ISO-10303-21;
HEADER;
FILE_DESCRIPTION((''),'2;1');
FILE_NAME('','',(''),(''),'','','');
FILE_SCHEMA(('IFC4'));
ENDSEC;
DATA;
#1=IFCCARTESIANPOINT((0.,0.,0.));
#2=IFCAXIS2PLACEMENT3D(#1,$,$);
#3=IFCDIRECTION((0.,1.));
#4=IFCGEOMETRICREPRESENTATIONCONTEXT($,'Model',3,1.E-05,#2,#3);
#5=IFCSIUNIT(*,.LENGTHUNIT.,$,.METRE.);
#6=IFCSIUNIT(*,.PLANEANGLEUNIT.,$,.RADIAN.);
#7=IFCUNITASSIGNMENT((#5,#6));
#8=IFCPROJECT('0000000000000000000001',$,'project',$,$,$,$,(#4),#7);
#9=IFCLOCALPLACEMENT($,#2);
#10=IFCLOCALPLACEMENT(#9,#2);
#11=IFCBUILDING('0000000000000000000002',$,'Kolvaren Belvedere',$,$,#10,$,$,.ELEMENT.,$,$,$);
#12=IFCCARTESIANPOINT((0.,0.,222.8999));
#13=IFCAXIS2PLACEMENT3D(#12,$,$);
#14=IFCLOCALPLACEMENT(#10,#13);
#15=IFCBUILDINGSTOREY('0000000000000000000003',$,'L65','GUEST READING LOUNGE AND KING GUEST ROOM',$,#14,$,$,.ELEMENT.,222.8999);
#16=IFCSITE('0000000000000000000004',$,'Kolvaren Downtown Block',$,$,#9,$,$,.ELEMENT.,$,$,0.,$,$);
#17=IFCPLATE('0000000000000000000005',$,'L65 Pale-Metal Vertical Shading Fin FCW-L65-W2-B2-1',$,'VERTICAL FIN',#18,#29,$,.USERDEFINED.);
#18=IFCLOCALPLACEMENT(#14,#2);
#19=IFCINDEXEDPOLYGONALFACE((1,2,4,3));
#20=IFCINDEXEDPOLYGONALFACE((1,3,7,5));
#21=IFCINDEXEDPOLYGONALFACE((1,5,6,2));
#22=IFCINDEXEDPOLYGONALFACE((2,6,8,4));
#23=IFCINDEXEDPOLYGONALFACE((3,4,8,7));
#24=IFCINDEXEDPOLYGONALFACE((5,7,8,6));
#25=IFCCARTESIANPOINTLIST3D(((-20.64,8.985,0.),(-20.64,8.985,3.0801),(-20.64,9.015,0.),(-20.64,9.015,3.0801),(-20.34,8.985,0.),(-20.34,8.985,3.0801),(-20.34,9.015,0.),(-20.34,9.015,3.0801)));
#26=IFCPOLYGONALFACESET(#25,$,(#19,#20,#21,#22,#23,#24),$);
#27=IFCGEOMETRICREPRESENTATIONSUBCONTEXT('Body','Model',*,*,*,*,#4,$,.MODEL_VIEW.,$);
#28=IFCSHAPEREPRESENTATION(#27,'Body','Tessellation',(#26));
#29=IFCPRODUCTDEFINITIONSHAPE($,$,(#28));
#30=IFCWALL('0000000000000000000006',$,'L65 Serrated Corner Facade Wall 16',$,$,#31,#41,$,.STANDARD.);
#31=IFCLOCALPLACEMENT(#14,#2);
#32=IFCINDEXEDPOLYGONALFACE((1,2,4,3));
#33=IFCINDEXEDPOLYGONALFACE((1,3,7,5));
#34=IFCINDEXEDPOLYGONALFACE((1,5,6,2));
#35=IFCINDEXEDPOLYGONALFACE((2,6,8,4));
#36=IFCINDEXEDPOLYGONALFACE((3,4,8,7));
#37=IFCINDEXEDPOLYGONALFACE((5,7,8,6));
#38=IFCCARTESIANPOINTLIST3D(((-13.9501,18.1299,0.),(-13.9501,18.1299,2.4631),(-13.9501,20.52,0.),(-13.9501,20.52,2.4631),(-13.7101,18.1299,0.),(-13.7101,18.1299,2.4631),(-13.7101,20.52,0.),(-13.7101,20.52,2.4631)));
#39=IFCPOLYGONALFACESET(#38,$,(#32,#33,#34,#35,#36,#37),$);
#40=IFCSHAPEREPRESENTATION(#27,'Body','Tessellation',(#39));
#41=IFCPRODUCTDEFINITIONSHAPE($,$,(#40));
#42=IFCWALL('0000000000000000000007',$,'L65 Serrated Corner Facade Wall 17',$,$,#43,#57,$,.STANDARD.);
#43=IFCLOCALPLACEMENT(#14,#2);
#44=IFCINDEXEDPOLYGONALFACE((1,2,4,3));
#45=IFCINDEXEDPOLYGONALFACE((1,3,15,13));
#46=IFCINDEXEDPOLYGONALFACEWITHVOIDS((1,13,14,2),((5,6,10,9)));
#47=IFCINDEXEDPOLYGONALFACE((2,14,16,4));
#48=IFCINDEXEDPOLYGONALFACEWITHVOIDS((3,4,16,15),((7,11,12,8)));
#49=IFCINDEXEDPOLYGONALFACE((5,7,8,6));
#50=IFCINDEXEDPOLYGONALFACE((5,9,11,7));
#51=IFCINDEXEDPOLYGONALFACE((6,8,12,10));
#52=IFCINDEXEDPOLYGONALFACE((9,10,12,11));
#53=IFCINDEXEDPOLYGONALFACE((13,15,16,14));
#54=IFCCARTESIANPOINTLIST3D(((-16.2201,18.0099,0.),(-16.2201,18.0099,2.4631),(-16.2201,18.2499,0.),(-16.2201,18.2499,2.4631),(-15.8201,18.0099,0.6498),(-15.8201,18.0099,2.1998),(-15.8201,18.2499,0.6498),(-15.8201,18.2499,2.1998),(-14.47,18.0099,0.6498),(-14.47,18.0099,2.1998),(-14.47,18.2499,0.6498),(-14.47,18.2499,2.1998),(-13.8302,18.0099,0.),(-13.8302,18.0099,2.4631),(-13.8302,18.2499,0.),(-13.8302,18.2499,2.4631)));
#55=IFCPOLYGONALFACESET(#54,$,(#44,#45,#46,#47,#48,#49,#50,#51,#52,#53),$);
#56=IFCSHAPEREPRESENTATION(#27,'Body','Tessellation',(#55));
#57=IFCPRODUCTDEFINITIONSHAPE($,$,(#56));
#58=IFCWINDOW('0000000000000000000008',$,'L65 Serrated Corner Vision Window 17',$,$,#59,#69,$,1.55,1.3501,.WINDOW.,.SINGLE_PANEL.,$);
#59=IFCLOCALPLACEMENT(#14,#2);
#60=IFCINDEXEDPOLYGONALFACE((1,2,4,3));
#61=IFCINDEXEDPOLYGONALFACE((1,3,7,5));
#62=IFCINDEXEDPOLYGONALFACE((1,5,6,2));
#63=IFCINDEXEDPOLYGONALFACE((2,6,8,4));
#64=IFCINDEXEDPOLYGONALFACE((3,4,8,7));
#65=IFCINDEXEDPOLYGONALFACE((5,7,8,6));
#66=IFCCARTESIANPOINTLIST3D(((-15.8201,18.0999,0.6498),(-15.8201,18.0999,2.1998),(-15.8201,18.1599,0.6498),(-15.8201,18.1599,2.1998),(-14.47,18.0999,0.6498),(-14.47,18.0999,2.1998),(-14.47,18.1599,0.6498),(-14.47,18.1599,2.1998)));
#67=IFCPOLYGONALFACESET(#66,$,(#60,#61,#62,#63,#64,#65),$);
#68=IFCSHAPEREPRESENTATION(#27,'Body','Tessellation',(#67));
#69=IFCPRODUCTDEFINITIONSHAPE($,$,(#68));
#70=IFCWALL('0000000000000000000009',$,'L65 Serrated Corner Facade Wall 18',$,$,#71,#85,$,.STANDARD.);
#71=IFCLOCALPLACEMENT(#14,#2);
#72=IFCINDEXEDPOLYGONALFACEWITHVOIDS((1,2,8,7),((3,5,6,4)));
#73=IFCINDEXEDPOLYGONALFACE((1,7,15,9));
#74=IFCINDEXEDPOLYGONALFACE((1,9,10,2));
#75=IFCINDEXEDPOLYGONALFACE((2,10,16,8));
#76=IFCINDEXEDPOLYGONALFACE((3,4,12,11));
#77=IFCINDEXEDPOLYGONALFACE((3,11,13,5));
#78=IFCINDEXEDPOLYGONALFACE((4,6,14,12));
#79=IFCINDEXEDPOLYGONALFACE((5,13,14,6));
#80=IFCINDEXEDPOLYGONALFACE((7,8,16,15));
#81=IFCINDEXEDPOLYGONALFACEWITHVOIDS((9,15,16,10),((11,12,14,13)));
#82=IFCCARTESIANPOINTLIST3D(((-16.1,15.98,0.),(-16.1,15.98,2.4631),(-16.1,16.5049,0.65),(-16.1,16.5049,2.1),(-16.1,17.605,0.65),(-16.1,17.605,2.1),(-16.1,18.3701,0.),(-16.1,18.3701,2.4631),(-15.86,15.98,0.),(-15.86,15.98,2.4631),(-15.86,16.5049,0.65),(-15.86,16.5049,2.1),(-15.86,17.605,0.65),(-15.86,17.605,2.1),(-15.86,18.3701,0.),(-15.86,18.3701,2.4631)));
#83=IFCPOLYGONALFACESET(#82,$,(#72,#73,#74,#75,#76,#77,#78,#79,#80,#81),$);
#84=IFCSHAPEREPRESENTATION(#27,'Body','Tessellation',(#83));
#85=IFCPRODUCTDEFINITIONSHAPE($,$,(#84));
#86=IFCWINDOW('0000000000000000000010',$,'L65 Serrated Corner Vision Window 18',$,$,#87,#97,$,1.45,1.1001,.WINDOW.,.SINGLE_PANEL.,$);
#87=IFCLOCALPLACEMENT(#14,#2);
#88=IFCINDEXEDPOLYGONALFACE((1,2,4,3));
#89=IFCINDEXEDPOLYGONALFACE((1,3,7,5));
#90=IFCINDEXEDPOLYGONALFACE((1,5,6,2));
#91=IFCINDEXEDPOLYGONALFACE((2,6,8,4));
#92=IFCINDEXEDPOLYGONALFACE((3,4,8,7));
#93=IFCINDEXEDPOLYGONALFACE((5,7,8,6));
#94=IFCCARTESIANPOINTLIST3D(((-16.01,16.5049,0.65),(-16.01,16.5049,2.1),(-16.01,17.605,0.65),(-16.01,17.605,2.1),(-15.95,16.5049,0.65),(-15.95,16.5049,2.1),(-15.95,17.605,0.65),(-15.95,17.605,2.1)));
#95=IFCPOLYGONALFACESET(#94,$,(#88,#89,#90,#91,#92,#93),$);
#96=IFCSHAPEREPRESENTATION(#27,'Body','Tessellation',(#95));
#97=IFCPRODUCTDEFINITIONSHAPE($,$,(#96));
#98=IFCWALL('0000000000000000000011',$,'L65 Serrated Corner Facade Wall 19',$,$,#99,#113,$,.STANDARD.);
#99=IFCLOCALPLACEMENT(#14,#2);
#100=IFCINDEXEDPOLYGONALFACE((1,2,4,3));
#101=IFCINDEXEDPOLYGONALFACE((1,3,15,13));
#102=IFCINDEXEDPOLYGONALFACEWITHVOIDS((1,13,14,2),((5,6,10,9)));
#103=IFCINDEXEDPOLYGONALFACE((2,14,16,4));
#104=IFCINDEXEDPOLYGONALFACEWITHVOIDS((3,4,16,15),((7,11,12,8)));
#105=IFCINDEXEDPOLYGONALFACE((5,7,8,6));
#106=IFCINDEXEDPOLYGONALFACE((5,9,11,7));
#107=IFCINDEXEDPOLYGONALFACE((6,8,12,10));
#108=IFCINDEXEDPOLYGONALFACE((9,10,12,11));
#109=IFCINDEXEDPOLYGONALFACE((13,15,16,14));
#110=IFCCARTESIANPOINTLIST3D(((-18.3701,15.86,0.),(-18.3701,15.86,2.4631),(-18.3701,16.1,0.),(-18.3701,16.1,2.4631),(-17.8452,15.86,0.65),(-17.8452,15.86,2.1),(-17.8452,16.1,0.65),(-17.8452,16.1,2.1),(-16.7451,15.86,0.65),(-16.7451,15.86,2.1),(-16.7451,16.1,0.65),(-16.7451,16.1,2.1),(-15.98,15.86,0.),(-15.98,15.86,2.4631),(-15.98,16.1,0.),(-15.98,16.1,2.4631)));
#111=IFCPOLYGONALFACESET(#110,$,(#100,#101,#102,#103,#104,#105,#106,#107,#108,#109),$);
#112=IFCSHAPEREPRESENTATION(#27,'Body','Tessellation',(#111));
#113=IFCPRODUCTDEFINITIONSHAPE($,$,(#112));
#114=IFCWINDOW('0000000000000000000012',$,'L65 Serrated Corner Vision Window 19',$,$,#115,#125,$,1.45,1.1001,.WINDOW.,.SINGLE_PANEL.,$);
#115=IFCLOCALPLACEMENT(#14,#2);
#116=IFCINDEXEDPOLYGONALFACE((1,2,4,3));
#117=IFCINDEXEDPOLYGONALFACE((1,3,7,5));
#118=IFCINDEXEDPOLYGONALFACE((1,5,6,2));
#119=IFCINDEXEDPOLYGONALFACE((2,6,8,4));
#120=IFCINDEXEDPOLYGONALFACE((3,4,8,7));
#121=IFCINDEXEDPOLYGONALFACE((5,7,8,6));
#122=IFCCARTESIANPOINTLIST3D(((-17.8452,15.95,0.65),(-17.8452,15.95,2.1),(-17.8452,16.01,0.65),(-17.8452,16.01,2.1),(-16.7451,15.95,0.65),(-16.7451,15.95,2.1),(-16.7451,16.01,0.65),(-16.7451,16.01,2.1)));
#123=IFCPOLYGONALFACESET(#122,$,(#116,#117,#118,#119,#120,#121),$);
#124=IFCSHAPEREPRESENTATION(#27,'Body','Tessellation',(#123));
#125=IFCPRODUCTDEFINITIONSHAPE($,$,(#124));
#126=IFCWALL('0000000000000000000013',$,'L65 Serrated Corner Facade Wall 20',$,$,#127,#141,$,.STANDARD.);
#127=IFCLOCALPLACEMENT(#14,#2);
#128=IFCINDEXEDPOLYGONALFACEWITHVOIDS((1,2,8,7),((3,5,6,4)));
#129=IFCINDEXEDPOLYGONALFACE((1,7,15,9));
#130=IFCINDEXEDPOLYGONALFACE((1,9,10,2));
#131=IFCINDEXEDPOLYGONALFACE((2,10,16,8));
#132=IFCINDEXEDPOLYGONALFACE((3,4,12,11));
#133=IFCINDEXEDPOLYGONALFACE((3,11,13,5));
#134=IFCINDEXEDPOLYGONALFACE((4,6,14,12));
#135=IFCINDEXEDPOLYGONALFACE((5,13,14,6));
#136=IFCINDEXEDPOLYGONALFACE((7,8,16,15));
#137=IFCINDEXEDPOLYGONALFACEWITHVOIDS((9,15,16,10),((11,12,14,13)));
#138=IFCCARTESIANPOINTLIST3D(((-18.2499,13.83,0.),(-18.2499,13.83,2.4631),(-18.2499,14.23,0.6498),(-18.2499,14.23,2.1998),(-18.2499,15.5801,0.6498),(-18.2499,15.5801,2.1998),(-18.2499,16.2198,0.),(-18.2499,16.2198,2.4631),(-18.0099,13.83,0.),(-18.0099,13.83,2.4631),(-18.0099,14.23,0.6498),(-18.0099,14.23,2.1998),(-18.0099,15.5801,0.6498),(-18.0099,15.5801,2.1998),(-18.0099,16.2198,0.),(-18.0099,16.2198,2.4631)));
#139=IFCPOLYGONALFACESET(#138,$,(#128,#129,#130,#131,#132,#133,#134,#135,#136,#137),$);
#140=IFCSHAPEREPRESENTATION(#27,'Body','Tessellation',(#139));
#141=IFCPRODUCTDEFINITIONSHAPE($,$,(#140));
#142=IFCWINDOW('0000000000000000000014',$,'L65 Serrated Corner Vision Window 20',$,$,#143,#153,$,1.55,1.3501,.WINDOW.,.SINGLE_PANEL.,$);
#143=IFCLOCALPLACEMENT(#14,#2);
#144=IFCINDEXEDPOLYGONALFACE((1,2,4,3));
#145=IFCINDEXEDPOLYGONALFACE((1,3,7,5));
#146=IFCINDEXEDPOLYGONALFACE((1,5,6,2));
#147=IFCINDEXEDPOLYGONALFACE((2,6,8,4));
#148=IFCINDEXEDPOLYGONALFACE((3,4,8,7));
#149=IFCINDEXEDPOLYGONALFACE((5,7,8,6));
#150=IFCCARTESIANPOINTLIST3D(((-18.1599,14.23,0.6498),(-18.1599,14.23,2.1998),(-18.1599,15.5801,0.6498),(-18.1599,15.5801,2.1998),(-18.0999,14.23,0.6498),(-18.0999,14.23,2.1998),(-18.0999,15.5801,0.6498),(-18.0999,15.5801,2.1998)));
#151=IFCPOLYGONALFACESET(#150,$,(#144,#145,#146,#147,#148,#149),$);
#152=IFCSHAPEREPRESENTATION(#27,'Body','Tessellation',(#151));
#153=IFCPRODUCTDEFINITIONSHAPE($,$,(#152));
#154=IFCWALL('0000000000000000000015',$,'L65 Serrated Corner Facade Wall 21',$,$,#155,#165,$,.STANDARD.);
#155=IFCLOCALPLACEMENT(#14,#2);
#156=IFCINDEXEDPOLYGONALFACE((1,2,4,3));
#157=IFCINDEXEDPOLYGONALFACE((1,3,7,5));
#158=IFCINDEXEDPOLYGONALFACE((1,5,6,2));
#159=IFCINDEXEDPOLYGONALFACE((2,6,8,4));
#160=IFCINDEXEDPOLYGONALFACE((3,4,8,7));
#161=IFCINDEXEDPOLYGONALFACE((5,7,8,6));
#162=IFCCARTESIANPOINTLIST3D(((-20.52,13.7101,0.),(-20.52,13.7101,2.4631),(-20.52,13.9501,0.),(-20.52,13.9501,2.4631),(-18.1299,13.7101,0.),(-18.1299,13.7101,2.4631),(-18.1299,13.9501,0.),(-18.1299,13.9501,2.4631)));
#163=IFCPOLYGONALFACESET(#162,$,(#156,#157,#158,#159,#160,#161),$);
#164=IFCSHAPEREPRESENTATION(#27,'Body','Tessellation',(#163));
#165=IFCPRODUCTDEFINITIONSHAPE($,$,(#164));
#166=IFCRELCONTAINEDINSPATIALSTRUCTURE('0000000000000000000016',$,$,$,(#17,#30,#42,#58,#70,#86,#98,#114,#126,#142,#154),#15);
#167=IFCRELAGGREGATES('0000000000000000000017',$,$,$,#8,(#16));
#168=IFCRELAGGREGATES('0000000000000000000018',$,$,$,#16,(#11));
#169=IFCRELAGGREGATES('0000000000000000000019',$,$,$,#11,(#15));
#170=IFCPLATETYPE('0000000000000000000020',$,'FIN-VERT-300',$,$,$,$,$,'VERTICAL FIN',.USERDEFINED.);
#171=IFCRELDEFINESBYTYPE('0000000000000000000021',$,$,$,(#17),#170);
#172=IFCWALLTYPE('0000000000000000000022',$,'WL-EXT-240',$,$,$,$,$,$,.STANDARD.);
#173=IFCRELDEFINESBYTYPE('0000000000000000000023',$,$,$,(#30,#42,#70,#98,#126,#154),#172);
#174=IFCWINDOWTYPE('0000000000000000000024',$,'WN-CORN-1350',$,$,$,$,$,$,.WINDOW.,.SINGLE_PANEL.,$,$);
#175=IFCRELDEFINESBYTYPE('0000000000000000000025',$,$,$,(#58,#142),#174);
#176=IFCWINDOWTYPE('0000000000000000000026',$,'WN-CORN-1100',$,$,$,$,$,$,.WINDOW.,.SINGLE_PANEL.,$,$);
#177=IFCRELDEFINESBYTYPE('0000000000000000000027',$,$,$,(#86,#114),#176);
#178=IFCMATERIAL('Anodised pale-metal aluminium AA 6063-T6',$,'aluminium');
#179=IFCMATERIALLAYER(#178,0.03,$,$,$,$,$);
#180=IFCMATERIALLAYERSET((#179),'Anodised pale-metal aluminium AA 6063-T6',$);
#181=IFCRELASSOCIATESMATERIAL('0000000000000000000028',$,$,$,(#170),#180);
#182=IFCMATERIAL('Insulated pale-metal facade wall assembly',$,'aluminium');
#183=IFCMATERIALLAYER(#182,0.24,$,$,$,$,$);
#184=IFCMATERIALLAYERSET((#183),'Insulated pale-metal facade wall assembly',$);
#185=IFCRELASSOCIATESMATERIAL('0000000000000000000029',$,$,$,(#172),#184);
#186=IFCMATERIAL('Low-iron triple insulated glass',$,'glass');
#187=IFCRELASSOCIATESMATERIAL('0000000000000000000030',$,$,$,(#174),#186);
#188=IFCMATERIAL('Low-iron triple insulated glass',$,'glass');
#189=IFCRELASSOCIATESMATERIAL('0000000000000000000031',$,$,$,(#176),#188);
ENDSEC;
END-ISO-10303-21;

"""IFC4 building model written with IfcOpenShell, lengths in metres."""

from ifc_helpers import new_model, si_unit, direction, frame, frame_2d, origin, origin_2d, place, context, subcontext, project, spatial, rectangle, extrude, material, layer, layer_set, type_object, element, fill, save


model = new_model("IFC4")

# Units and contexts
model_context = context("Model", 3, precision=1e-05, world=origin(), true_north=direction((0.0, 1.0)))
body_context = subcontext(model_context, "Body", "Model", "MODEL_VIEW")
ifc_project = project(units=[si_unit("LENGTHUNIT", "METRE"), si_unit("PLANEANGLEUNIT", "RADIAN")], contexts=[model_context])

# Site, building, storey
site_placement = place(None, origin())
site = spatial("IfcSite", under=ifc_project, at=site_placement, Name="Kolvaren Downtown Block", CompositionType="ELEMENT", RefElevation=0.0)
building_placement = place(site_placement, origin())
building = spatial("IfcBuilding", under=site, at=building_placement, Name="Kolvaren Belvedere", CompositionType="ELEMENT")
storey_placement = place(building_placement, frame((0.0, 0.0, 222.8999)))
storey = spatial("IfcBuildingStorey", under=building, at=storey_placement, Name="L65", Description="GUEST READING LOUNGE AND KING GUEST ROOM", CompositionType="ELEMENT", Elevation=222.8999)

# Plate
ifc_material_1 = material(Name="Anodised pale-metal aluminium AA 6063-T6", Category="aluminium")
ifc_layer_1 = layer(ifc_material_1, 0.03)
ifc_layer_set_1 = layer_set([ifc_layer_1], Name="Anodised pale-metal aluminium AA 6063-T6")
plate_type_1 = type_object("IfcPlateType", Name="FIN-VERT-300", ElementType="VERTICAL FIN", PredefinedType="USERDEFINED", material=ifc_layer_set_1)
plate_1_placement = place(storey_placement, frame((-20.49, 9.0, 0.0), z_axis=(0.0, 0.0, 1.0), x_axis=(1.0, 0.0, 0.0)))
element("IfcPlate", 1, at=plate_1_placement, inside=storey, type_object=plate_type_1, Name="L65 Pale-Metal Vertical Shading Fin FCW-L65-W2-B2-1", ObjectType="VERTICAL FIN", PredefinedType="USERDEFINED", context=body_context, shape_type="SweptSolid", body=[
    extrude(rectangle(XDim=0.3, YDim=0.03, at=origin_2d()), origin(), (0.0, 0.0, 1.0), 3.0801),
])

# Wall
ifc_material_2 = material(Name="Insulated pale-metal facade wall assembly", Category="aluminium")
ifc_layer_2 = layer(ifc_material_2, 0.24)
ifc_layer_set_2 = layer_set([ifc_layer_2], Name="Insulated pale-metal facade wall assembly")
wall_type_1 = type_object("IfcWallType", Name="WL-EXT-240", PredefinedType="STANDARD", material=ifc_layer_set_2)
wall_1_placement = place(storey_placement, frame((-13.8301, 18.1299, 0.0), z_axis=(0.0, 0.0, 1.0), x_axis=(0.0, 1.0, 0.0)))
element("IfcWall", 2, at=wall_1_placement, inside=storey, type_object=wall_type_1, Name="L65 Serrated Corner Facade Wall 16", PredefinedType="STANDARD", context=body_context, shape_type="SweptSolid", body=[
    extrude(rectangle(XDim=2.3901, YDim=0.24, at=frame_2d((1.1951, 0.0))), origin(), (0.0, 0.0, 1.0), 2.4631),
])

# Walls, openings, windows
wall_2_placement = place(storey_placement, frame((-16.22, 18.1299, 0.0), z_axis=(0.0, 0.0, 1.0), x_axis=(1.0, 0.0, 0.0)))
wall_2 = element("IfcWall", 3, at=wall_2_placement, inside=storey, type_object=wall_type_1, Name="L65 Serrated Corner Facade Wall 17", PredefinedType="STANDARD", context=body_context, shape_type="SweptSolid", body=[
    extrude(rectangle(XDim=2.3899, YDim=0.24, at=frame_2d((1.1948, 0.0))), origin(), (0.0, 0.0, 1.0), 2.4631),
])
opening_1_placement = place(wall_2_placement, frame((0.3999, 0.0, 0.6499)))
opening_1 = element("IfcOpeningElement", 4, at=opening_1_placement, cuts=wall_2, PredefinedType="OPENING", context=body_context, shape_type="SweptSolid", body=[
    extrude(rectangle(XDim=1.3501, YDim=1.55, at=frame_2d((0.675, 0.7749))), frame((0.0, 0.1299, 0.0), z_axis=(0.0, -1.0, 0.0), x_axis=(1.0, 0.0, 0.0)), (0.0, 0.0, 1.0), 0.26),
])
ifc_material_3 = material(Name="Low-iron triple insulated glass", Category="glass")
window_type_1 = type_object("IfcWindowType", Name="WN-CORN-1350", PartitioningType="SINGLE_PANEL", PredefinedType="WINDOW", material=ifc_material_3)
window_1_placement = place(opening_1_placement, origin())
window_1 = element("IfcWindow", 5, at=window_1_placement, inside=storey, type_object=window_type_1, Name="L65 Serrated Corner Vision Window 17", OverallHeight=1.55, OverallWidth=1.3501, PartitioningType="SINGLE_PANEL", PredefinedType="WINDOW", context=body_context, shape_type="SweptSolid", body=[
    extrude(rectangle(XDim=1.3501, YDim=1.55, at=frame_2d((0.675, 0.7749))), frame((0.0, 0.03, 0.0), z_axis=(0.0, -1.0, 0.0), x_axis=(1.0, 0.0, 0.0)), (0.0, 0.0, 1.0), 0.0601),
])
fill(opening_1, window_1)
wall_3_placement = place(storey_placement, frame((-15.98, 15.98, 0.0), z_axis=(0.0, 0.0, 1.0), x_axis=(0.0, 1.0, 0.0)))
wall_3 = element("IfcWall", 6, at=wall_3_placement, inside=storey, type_object=wall_type_1, Name="L65 Serrated Corner Facade Wall 18", PredefinedType="STANDARD", context=body_context, shape_type="SweptSolid", body=[
    extrude(rectangle(XDim=2.3901, YDim=0.24, at=frame_2d((1.1951, 0.0))), origin(), (0.0, 0.0, 1.0), 2.4631),
])
opening_2_placement = place(wall_3_placement, frame((0.5249, 0.0, 0.6499)))
opening_2 = element("IfcOpeningElement", 7, at=opening_2_placement, cuts=wall_3, PredefinedType="OPENING", context=body_context, shape_type="SweptSolid", body=[
    extrude(rectangle(XDim=1.1001, YDim=1.45, at=frame_2d((0.55, 0.7251))), frame((0.0, 0.1299, 0.0), z_axis=(0.0, -1.0, 0.0), x_axis=(1.0, 0.0, 0.0)), (0.0, 0.0, 1.0), 0.26),
])
ifc_material_4 = material(Name="Low-iron triple insulated glass", Category="glass")
window_type_2 = type_object("IfcWindowType", Name="WN-CORN-1100", PartitioningType="SINGLE_PANEL", PredefinedType="WINDOW", material=ifc_material_4)
window_2_placement = place(opening_2_placement, origin())
window_2 = element("IfcWindow", 8, at=window_2_placement, inside=storey, type_object=window_type_2, Name="L65 Serrated Corner Vision Window 18", OverallHeight=1.45, OverallWidth=1.1001, PartitioningType="SINGLE_PANEL", PredefinedType="WINDOW", context=body_context, shape_type="SweptSolid", body=[
    extrude(rectangle(XDim=1.1001, YDim=1.45, at=frame_2d((0.55, 0.7251))), frame((0.0, 0.03, 0.0), z_axis=(0.0, -1.0, 0.0), x_axis=(1.0, 0.0, 0.0)), (0.0, 0.0, 1.0), 0.0601),
])
fill(opening_2, window_2)
wall_4_placement = place(storey_placement, frame((-18.3701, 15.98, 0.0), z_axis=(0.0, 0.0, 1.0), x_axis=(1.0, 0.0, 0.0)))
wall_4 = element("IfcWall", 9, at=wall_4_placement, inside=storey, type_object=wall_type_1, Name="L65 Serrated Corner Facade Wall 19", PredefinedType="STANDARD", context=body_context, shape_type="SweptSolid", body=[
    extrude(rectangle(XDim=2.3901, YDim=0.24, at=frame_2d((1.1951, 0.0))), origin(), (0.0, 0.0, 1.0), 2.4631),
])
opening_3_placement = place(wall_4_placement, frame((0.5249, 0.0, 0.6499)))
opening_3 = element("IfcOpeningElement", 10, at=opening_3_placement, cuts=wall_4, PredefinedType="OPENING", context=body_context, shape_type="SweptSolid", body=[
    extrude(rectangle(XDim=1.1001, YDim=1.45, at=frame_2d((0.55, 0.7251))), frame((0.0, 0.1299, 0.0), z_axis=(0.0, -1.0, 0.0), x_axis=(1.0, 0.0, 0.0)), (0.0, 0.0, 1.0), 0.26),
])
window_3_placement = place(opening_3_placement, origin())
window_3 = element("IfcWindow", 11, at=window_3_placement, inside=storey, type_object=window_type_2, Name="L65 Serrated Corner Vision Window 19", OverallHeight=1.45, OverallWidth=1.1001, PartitioningType="SINGLE_PANEL", PredefinedType="WINDOW", context=body_context, shape_type="SweptSolid", body=[
    extrude(rectangle(XDim=1.1001, YDim=1.45, at=frame_2d((0.55, 0.7251))), frame((0.0, 0.03, 0.0), z_axis=(0.0, -1.0, 0.0), x_axis=(1.0, 0.0, 0.0)), (0.0, 0.0, 1.0), 0.0601),
])
fill(opening_3, window_3)
wall_5_placement = place(storey_placement, frame((-18.1299, 13.8301, 0.0), z_axis=(0.0, 0.0, 1.0), x_axis=(0.0, 1.0, 0.0)))
wall_5 = element("IfcWall", 12, at=wall_5_placement, inside=storey, type_object=wall_type_1, Name="L65 Serrated Corner Facade Wall 20", PredefinedType="STANDARD", context=body_context, shape_type="SweptSolid", body=[
    extrude(rectangle(XDim=2.3899, YDim=0.24, at=frame_2d((1.1948, 0.0))), origin(), (0.0, 0.0, 1.0), 2.4631),
])
opening_4_placement = place(wall_5_placement, frame((0.3999, 0.0, 0.6499)))
opening_4 = element("IfcOpeningElement", 13, at=opening_4_placement, cuts=wall_5, PredefinedType="OPENING", context=body_context, shape_type="SweptSolid", body=[
    extrude(rectangle(XDim=1.3501, YDim=1.55, at=frame_2d((0.675, 0.7749))), frame((0.0, 0.1299, 0.0), z_axis=(0.0, -1.0, 0.0), x_axis=(1.0, 0.0, 0.0)), (0.0, 0.0, 1.0), 0.26),
])
window_4_placement = place(opening_4_placement, origin())
window_4 = element("IfcWindow", 14, at=window_4_placement, inside=storey, type_object=window_type_1, Name="L65 Serrated Corner Vision Window 20", OverallHeight=1.55, OverallWidth=1.3501, PartitioningType="SINGLE_PANEL", PredefinedType="WINDOW", context=body_context, shape_type="SweptSolid", body=[
    extrude(rectangle(XDim=1.3501, YDim=1.55, at=frame_2d((0.675, 0.7749))), frame((0.0, 0.03, 0.0), z_axis=(0.0, -1.0, 0.0), x_axis=(1.0, 0.0, 0.0)), (0.0, 0.0, 1.0), 0.0601),
])
fill(opening_4, window_4)

# Wall
wall_6_placement = place(storey_placement, frame((-20.52, 13.8301, 0.0), z_axis=(0.0, 0.0, 1.0), x_axis=(1.0, 0.0, 0.0)))
element("IfcWall", 15, at=wall_6_placement, inside=storey, type_object=wall_type_1, Name="L65 Serrated Corner Facade Wall 21", PredefinedType="STANDARD", context=body_context, shape_type="SweptSolid", body=[
    extrude(rectangle(XDim=2.3901, YDim=0.24, at=frame_2d((1.1951, 0.0))), origin(), (0.0, 0.0, 1.0), 2.4631),
])

save(model, "model.ifc")
